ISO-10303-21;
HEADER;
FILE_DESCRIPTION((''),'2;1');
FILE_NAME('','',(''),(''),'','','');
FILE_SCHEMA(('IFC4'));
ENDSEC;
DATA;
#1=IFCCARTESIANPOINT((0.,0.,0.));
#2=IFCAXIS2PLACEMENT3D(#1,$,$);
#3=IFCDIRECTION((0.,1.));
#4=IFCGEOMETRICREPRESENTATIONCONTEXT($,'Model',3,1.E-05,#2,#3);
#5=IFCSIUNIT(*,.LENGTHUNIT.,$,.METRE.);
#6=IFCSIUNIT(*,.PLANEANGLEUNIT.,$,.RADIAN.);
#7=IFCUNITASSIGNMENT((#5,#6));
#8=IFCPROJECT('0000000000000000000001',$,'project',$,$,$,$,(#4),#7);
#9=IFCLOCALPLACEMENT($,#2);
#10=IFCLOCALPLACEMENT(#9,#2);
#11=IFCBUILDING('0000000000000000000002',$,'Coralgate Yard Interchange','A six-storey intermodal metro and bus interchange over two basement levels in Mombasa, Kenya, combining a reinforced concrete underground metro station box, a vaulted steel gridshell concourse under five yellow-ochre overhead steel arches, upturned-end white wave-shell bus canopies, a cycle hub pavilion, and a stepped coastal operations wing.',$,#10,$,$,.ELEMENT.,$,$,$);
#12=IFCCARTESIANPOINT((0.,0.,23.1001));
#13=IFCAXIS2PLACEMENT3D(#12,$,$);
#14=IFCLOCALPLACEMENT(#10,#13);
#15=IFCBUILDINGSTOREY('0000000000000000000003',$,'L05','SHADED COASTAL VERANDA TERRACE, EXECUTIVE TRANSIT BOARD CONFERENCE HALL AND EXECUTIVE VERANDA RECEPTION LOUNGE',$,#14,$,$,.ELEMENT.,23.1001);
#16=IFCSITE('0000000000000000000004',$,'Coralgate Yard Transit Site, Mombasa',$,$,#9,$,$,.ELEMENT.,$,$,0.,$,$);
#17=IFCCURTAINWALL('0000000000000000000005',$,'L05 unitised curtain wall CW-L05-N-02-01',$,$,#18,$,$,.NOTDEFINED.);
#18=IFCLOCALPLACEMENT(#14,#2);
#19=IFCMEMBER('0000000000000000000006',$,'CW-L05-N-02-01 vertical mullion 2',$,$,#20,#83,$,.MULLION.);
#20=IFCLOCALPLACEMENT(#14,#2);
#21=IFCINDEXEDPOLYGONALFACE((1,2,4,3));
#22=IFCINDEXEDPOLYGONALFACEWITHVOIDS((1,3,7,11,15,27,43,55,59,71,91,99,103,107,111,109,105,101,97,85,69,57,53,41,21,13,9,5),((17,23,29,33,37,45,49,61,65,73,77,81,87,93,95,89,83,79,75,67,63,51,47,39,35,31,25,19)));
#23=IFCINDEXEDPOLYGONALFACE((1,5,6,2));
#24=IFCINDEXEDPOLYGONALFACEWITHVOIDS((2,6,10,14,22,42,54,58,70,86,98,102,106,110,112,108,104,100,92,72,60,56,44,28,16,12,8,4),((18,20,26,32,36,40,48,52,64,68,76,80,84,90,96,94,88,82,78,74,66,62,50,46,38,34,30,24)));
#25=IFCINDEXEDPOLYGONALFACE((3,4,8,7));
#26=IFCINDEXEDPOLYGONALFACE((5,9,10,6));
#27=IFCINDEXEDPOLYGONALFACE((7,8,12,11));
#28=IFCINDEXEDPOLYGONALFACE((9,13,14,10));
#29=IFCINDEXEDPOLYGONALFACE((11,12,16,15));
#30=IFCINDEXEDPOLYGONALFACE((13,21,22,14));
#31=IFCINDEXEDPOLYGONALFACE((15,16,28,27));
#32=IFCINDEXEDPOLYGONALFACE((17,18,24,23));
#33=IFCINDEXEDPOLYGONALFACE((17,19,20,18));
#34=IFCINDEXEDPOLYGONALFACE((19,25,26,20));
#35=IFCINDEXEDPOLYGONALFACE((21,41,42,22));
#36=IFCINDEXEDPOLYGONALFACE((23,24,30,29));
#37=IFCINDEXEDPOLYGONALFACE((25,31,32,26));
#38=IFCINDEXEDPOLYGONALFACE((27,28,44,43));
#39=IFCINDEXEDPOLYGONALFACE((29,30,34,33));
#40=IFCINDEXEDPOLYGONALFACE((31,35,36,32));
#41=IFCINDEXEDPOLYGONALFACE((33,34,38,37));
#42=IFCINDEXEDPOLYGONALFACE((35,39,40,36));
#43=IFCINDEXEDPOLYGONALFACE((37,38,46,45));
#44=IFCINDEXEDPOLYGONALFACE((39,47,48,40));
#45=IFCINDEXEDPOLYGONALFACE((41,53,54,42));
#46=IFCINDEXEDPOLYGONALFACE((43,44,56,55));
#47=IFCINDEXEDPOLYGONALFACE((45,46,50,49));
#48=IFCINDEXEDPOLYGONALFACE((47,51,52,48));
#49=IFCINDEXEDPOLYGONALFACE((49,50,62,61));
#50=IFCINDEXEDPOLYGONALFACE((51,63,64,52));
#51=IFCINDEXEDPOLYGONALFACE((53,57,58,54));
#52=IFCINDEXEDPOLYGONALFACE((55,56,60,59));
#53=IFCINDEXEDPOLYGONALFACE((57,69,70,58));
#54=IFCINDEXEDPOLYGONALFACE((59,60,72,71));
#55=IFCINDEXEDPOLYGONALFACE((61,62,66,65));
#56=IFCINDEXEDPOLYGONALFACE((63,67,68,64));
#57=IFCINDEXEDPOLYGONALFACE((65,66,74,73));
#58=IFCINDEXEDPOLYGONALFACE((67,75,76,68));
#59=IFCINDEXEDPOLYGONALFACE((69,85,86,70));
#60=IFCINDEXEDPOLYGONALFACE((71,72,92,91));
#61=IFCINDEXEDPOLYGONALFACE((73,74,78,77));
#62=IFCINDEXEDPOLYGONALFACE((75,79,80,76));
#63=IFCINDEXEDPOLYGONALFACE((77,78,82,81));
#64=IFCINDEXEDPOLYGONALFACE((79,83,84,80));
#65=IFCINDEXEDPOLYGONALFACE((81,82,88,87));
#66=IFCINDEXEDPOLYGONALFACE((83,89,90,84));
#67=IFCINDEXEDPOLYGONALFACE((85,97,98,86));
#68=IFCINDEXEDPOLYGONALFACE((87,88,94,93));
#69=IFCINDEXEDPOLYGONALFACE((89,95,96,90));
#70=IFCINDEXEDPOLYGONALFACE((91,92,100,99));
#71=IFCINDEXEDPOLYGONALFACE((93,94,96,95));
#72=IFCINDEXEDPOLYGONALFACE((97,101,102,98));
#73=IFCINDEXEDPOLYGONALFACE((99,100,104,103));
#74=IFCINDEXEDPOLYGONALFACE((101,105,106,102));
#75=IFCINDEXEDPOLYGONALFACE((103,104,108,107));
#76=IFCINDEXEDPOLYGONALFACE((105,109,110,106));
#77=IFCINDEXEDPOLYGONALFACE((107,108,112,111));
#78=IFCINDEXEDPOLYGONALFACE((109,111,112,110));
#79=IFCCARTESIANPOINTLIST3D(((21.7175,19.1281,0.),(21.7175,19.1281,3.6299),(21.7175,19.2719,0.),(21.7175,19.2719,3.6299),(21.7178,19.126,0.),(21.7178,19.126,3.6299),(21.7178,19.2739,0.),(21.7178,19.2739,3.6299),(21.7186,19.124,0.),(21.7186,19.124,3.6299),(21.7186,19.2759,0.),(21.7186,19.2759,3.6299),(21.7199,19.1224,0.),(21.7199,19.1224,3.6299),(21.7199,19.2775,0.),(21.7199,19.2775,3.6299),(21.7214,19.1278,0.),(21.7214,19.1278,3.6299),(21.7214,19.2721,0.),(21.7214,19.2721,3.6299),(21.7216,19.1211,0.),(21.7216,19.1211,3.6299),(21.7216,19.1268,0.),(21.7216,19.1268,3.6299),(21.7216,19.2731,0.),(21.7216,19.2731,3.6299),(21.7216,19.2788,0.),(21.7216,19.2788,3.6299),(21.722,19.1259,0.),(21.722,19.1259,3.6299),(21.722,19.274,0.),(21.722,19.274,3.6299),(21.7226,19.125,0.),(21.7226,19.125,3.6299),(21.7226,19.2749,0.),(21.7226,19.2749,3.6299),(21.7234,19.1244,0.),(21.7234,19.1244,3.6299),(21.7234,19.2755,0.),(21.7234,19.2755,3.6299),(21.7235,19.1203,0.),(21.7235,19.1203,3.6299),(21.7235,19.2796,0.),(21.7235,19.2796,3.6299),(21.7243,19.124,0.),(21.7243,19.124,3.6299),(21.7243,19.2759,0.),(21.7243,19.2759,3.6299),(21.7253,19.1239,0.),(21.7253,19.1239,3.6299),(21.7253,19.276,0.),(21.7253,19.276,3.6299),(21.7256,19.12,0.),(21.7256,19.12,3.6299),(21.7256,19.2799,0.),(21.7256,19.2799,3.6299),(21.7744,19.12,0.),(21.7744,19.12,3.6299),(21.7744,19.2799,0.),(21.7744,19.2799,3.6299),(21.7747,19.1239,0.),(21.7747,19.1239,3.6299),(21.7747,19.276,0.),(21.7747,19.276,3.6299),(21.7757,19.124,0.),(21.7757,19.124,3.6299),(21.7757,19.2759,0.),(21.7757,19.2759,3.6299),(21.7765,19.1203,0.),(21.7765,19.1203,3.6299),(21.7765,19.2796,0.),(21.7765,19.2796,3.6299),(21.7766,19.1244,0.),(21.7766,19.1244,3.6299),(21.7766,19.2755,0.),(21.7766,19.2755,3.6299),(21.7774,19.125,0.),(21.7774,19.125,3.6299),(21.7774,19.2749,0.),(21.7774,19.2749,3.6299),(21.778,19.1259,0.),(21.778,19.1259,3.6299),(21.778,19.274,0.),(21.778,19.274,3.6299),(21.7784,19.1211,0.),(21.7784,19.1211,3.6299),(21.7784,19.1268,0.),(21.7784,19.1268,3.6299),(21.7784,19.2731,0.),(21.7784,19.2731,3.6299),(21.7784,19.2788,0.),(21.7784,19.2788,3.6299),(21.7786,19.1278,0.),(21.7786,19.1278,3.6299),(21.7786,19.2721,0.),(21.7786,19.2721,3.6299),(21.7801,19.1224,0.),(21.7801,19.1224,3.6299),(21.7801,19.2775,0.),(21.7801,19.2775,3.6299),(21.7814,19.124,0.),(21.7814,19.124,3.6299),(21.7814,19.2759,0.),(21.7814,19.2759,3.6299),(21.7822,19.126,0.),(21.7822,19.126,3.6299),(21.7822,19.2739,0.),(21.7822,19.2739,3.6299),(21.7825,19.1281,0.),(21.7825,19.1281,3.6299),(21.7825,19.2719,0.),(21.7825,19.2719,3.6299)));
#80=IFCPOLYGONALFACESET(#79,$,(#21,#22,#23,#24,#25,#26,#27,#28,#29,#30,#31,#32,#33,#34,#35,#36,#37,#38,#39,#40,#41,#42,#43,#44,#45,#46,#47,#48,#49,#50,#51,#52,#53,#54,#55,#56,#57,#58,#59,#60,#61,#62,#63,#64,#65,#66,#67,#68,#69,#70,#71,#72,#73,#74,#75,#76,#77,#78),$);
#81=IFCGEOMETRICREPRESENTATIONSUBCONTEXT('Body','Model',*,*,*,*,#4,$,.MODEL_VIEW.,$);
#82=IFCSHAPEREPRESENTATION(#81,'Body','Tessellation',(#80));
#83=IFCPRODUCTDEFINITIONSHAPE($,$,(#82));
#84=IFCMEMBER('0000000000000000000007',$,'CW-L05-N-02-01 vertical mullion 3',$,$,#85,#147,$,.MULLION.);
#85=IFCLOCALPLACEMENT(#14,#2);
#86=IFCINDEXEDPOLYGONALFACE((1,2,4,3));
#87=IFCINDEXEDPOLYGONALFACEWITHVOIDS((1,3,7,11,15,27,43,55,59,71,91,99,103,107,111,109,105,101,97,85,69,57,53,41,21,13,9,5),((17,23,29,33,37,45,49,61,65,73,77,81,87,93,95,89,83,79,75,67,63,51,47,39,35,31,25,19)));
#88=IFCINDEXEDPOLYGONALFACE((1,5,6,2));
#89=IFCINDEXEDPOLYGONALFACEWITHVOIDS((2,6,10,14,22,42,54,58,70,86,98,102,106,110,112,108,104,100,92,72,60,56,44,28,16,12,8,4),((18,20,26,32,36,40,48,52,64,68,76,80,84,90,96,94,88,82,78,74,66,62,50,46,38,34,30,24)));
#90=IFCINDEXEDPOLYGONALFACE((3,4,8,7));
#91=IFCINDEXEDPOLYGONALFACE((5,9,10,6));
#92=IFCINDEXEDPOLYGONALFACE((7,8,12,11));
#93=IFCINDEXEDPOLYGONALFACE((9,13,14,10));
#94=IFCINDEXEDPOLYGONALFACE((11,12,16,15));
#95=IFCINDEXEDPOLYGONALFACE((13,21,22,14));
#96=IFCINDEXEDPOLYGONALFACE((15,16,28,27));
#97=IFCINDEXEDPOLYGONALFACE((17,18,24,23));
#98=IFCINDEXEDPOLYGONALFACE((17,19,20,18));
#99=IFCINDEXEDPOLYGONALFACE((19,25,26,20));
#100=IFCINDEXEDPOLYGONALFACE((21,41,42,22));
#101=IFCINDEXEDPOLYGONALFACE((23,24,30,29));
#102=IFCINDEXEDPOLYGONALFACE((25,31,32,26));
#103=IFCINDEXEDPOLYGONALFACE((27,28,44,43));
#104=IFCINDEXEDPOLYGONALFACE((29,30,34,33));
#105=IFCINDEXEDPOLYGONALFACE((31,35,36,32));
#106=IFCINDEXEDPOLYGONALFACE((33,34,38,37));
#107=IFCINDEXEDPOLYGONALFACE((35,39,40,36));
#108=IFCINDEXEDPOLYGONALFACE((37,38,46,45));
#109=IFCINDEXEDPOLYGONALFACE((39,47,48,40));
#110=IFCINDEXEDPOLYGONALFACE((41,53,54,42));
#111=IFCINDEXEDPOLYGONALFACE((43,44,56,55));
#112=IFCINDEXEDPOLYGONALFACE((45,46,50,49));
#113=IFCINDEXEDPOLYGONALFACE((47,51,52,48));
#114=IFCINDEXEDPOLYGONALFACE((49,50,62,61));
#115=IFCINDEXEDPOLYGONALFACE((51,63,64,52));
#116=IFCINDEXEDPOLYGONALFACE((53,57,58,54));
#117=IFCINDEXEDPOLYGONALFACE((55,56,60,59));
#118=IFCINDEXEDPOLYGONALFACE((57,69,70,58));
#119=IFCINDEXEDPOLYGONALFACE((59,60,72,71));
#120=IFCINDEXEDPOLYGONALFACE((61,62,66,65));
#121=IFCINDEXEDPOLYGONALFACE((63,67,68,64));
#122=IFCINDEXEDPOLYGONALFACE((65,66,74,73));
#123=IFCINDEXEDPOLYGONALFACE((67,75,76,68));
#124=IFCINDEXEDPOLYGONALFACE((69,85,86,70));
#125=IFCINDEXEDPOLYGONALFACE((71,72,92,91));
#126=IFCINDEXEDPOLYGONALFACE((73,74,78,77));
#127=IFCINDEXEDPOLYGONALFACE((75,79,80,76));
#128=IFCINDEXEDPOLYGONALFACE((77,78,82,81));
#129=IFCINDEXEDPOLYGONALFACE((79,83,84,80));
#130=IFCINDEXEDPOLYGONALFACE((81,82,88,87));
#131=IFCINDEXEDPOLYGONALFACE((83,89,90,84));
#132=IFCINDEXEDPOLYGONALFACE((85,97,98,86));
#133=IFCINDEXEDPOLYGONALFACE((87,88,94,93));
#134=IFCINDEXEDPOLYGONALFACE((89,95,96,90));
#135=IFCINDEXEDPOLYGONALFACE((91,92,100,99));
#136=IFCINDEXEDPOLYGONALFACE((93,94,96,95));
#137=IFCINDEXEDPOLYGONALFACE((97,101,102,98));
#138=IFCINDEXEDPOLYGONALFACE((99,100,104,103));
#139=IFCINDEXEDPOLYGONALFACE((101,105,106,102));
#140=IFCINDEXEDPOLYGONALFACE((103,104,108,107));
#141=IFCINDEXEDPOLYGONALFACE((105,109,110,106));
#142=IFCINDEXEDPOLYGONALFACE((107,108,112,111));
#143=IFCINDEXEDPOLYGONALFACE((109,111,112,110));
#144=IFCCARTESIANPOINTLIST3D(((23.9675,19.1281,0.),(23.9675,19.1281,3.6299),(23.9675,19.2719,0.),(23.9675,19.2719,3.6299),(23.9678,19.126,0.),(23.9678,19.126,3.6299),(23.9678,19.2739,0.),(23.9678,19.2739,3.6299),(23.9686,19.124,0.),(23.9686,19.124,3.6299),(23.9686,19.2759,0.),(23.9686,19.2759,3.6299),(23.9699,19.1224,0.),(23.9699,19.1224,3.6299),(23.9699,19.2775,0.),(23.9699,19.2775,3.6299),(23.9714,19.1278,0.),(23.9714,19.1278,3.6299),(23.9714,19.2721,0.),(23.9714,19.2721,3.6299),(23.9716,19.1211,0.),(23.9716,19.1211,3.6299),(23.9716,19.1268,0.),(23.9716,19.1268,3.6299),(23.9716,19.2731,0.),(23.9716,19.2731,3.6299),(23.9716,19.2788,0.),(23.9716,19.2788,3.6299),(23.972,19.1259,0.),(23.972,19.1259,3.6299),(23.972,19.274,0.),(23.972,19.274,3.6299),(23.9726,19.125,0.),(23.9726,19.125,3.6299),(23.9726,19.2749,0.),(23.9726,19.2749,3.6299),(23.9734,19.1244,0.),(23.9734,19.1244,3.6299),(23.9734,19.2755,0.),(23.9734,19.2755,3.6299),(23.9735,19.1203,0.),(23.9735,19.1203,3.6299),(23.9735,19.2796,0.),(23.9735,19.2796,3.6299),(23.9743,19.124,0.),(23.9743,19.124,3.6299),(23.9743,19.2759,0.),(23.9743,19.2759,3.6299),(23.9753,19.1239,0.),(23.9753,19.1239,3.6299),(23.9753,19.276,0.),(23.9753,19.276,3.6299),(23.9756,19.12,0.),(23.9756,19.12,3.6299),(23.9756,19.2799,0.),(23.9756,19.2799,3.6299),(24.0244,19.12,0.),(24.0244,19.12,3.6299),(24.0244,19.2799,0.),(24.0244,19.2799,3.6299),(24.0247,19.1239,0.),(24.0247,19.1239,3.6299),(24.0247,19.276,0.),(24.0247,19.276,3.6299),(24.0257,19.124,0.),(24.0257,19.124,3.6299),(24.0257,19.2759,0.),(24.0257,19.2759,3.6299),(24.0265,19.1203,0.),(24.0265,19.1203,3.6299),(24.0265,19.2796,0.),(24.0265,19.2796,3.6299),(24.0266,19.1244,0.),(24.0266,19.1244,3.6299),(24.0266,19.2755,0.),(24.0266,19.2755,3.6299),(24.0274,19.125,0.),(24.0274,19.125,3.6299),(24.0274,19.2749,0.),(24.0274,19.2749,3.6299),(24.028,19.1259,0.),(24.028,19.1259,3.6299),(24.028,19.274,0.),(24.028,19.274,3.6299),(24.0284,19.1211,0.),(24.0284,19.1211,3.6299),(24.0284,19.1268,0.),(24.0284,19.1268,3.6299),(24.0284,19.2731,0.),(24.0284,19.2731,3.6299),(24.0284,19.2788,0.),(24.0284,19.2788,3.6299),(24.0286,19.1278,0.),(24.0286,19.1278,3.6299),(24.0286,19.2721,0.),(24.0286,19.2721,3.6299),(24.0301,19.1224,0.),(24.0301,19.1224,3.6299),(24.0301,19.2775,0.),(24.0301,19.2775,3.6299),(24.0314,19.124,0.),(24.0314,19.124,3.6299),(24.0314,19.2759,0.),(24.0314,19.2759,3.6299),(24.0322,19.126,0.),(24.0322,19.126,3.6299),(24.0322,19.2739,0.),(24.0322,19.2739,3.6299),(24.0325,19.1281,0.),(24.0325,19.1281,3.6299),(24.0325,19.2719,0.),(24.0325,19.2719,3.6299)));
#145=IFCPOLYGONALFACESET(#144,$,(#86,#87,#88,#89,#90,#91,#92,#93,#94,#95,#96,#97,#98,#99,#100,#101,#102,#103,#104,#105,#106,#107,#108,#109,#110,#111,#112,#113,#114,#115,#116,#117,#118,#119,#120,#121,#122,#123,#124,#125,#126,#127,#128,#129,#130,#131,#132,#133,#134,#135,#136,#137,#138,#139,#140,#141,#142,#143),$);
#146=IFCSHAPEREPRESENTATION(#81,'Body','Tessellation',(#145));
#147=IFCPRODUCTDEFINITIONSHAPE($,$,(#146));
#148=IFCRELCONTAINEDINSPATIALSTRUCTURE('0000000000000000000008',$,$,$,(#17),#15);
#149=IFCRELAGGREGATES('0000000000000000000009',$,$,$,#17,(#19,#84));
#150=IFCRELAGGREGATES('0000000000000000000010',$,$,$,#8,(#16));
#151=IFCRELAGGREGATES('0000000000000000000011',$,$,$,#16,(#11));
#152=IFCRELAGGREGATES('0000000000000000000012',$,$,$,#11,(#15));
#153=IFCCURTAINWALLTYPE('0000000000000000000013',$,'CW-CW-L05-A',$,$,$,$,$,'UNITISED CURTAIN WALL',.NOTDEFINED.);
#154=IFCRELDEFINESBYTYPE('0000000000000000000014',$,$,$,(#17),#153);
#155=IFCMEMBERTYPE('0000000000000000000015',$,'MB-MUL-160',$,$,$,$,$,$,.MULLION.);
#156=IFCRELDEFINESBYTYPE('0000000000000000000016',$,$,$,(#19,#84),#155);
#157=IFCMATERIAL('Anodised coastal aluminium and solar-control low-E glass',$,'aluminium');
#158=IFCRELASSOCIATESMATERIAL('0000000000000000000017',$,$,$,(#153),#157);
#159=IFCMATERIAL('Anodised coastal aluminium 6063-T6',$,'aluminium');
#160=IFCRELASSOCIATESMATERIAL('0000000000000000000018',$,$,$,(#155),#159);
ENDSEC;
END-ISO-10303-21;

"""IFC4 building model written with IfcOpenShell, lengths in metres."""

from ifc_helpers import new_model, si_unit, direction, frame, origin, origin_2d, place, context, subcontext, project, spatial, hollow_rectangle, extrude, material, material_profile, profile_set, type_object, element, aggregate, save


model = new_model("IFC4")

# Units and contexts
model_context = context("Model", 3, precision=1e-05, world=origin(), true_north=direction((0.0, 1.0)))
body_context = subcontext(model_context, "Body", "Model", "MODEL_VIEW")
ifc_project = project(units=[si_unit("LENGTHUNIT", "METRE"), si_unit("PLANEANGLEUNIT", "RADIAN")], contexts=[model_context])

# Site, building, storey
site_placement = place(None, origin())
site = spatial("IfcSite", under=ifc_project, at=site_placement, Name="Coralgate Yard Transit Site, Mombasa", CompositionType="ELEMENT", RefElevation=0.0)
building_placement = place(site_placement, origin())
building = spatial("IfcBuilding", under=site, at=building_placement, Name="Coralgate Yard Interchange", Description="A six-storey intermodal metro and bus interchange over two basement levels in Mombasa, Kenya, combining a reinforced concrete underground metro station box, a vaulted steel gridshell concourse under five yellow-ochre overhead steel arches, upturned-end white wave-shell bus canopies, a cycle hub pavilion, and a stepped coastal operations wing.", CompositionType="ELEMENT")
storey_placement = place(building_placement, frame((0.0, 0.0, 23.1001)))
storey = spatial("IfcBuildingStorey", under=building, at=storey_placement, Name="L05", Description="SHADED COASTAL VERANDA TERRACE, EXECUTIVE TRANSIT BOARD CONFERENCE HALL AND EXECUTIVE VERANDA RECEPTION LOUNGE", CompositionType="ELEMENT", Elevation=23.1001)

# Curtain wall, members
ifc_material_1 = material(Name="Anodised coastal aluminium and solar-control low-E glass", Category="aluminium")
curtain_wall_type = type_object("IfcCurtainWallType", Name="CW-CW-L05-A", ElementType="UNITISED CURTAIN WALL", PredefinedType="NOTDEFINED", material=ifc_material_1)
curtain_wall_1_placement = place(storey_placement, origin())
curtain_wall_1 = element("IfcCurtainWall", 1, at=curtain_wall_1_placement, inside=storey, type_object=curtain_wall_type, Name="L05 unitised curtain wall CW-L05-N-02-01", PredefinedType="NOTDEFINED")
ifc_material_2 = material(Name="Anodised coastal aluminium 6063-T6", Category="aluminium")
ifc_material_profile_1 = material_profile(ifc_material_2, hollow_rectangle(XDim=0.0649, YDim=0.1599, WallThickness=0.0039, InnerFilletRadius=0.0039, OuterFilletRadius=0.0081, at=origin_2d()), Name="ALU 65x160x4")
ifc_profile_set_1 = profile_set([ifc_material_profile_1], Name="Anodised coastal aluminium 6063-T6")
member_type_1 = type_object("IfcMemberType", Name="MB-MUL-160", PredefinedType="MULLION", material=ifc_profile_set_1)
member_1_placement = place(storey_placement, frame((21.75, 19.2, 0.0), z_axis=(0.0, 0.0, 1.0), x_axis=(1.0, 0.0, 0.0)))
member_1 = element("IfcMember", 2, at=member_1_placement, type_object=member_type_1, Name="CW-L05-N-02-01 vertical mullion 2", PredefinedType="MULLION", context=body_context, shape_type="SweptSolid", body=[
    extrude(hollow_rectangle(XDim=0.0649, YDim=0.1599, WallThickness=0.0039, InnerFilletRadius=0.0039, OuterFilletRadius=0.0081, at=origin_2d()), origin(), (0.0, 0.0, 1.0), 3.6299),
])
member_2_placement = place(storey_placement, frame((24.0, 19.2, 0.0), z_axis=(0.0, 0.0, 1.0), x_axis=(1.0, 0.0, 0.0)))
member_2 = element("IfcMember", 3, at=member_2_placement, type_object=member_type_1, Name="CW-L05-N-02-01 vertical mullion 3", PredefinedType="MULLION", context=body_context, shape_type="SweptSolid", body=[
    extrude(hollow_rectangle(XDim=0.0649, YDim=0.1599, WallThickness=0.0039, InnerFilletRadius=0.0039, OuterFilletRadius=0.0081, at=origin_2d()), origin(), (0.0, 0.0, 1.0), 3.6299),
])

aggregate(curtain_wall_1, [member_1, member_2])

save(model, "model.ifc")
